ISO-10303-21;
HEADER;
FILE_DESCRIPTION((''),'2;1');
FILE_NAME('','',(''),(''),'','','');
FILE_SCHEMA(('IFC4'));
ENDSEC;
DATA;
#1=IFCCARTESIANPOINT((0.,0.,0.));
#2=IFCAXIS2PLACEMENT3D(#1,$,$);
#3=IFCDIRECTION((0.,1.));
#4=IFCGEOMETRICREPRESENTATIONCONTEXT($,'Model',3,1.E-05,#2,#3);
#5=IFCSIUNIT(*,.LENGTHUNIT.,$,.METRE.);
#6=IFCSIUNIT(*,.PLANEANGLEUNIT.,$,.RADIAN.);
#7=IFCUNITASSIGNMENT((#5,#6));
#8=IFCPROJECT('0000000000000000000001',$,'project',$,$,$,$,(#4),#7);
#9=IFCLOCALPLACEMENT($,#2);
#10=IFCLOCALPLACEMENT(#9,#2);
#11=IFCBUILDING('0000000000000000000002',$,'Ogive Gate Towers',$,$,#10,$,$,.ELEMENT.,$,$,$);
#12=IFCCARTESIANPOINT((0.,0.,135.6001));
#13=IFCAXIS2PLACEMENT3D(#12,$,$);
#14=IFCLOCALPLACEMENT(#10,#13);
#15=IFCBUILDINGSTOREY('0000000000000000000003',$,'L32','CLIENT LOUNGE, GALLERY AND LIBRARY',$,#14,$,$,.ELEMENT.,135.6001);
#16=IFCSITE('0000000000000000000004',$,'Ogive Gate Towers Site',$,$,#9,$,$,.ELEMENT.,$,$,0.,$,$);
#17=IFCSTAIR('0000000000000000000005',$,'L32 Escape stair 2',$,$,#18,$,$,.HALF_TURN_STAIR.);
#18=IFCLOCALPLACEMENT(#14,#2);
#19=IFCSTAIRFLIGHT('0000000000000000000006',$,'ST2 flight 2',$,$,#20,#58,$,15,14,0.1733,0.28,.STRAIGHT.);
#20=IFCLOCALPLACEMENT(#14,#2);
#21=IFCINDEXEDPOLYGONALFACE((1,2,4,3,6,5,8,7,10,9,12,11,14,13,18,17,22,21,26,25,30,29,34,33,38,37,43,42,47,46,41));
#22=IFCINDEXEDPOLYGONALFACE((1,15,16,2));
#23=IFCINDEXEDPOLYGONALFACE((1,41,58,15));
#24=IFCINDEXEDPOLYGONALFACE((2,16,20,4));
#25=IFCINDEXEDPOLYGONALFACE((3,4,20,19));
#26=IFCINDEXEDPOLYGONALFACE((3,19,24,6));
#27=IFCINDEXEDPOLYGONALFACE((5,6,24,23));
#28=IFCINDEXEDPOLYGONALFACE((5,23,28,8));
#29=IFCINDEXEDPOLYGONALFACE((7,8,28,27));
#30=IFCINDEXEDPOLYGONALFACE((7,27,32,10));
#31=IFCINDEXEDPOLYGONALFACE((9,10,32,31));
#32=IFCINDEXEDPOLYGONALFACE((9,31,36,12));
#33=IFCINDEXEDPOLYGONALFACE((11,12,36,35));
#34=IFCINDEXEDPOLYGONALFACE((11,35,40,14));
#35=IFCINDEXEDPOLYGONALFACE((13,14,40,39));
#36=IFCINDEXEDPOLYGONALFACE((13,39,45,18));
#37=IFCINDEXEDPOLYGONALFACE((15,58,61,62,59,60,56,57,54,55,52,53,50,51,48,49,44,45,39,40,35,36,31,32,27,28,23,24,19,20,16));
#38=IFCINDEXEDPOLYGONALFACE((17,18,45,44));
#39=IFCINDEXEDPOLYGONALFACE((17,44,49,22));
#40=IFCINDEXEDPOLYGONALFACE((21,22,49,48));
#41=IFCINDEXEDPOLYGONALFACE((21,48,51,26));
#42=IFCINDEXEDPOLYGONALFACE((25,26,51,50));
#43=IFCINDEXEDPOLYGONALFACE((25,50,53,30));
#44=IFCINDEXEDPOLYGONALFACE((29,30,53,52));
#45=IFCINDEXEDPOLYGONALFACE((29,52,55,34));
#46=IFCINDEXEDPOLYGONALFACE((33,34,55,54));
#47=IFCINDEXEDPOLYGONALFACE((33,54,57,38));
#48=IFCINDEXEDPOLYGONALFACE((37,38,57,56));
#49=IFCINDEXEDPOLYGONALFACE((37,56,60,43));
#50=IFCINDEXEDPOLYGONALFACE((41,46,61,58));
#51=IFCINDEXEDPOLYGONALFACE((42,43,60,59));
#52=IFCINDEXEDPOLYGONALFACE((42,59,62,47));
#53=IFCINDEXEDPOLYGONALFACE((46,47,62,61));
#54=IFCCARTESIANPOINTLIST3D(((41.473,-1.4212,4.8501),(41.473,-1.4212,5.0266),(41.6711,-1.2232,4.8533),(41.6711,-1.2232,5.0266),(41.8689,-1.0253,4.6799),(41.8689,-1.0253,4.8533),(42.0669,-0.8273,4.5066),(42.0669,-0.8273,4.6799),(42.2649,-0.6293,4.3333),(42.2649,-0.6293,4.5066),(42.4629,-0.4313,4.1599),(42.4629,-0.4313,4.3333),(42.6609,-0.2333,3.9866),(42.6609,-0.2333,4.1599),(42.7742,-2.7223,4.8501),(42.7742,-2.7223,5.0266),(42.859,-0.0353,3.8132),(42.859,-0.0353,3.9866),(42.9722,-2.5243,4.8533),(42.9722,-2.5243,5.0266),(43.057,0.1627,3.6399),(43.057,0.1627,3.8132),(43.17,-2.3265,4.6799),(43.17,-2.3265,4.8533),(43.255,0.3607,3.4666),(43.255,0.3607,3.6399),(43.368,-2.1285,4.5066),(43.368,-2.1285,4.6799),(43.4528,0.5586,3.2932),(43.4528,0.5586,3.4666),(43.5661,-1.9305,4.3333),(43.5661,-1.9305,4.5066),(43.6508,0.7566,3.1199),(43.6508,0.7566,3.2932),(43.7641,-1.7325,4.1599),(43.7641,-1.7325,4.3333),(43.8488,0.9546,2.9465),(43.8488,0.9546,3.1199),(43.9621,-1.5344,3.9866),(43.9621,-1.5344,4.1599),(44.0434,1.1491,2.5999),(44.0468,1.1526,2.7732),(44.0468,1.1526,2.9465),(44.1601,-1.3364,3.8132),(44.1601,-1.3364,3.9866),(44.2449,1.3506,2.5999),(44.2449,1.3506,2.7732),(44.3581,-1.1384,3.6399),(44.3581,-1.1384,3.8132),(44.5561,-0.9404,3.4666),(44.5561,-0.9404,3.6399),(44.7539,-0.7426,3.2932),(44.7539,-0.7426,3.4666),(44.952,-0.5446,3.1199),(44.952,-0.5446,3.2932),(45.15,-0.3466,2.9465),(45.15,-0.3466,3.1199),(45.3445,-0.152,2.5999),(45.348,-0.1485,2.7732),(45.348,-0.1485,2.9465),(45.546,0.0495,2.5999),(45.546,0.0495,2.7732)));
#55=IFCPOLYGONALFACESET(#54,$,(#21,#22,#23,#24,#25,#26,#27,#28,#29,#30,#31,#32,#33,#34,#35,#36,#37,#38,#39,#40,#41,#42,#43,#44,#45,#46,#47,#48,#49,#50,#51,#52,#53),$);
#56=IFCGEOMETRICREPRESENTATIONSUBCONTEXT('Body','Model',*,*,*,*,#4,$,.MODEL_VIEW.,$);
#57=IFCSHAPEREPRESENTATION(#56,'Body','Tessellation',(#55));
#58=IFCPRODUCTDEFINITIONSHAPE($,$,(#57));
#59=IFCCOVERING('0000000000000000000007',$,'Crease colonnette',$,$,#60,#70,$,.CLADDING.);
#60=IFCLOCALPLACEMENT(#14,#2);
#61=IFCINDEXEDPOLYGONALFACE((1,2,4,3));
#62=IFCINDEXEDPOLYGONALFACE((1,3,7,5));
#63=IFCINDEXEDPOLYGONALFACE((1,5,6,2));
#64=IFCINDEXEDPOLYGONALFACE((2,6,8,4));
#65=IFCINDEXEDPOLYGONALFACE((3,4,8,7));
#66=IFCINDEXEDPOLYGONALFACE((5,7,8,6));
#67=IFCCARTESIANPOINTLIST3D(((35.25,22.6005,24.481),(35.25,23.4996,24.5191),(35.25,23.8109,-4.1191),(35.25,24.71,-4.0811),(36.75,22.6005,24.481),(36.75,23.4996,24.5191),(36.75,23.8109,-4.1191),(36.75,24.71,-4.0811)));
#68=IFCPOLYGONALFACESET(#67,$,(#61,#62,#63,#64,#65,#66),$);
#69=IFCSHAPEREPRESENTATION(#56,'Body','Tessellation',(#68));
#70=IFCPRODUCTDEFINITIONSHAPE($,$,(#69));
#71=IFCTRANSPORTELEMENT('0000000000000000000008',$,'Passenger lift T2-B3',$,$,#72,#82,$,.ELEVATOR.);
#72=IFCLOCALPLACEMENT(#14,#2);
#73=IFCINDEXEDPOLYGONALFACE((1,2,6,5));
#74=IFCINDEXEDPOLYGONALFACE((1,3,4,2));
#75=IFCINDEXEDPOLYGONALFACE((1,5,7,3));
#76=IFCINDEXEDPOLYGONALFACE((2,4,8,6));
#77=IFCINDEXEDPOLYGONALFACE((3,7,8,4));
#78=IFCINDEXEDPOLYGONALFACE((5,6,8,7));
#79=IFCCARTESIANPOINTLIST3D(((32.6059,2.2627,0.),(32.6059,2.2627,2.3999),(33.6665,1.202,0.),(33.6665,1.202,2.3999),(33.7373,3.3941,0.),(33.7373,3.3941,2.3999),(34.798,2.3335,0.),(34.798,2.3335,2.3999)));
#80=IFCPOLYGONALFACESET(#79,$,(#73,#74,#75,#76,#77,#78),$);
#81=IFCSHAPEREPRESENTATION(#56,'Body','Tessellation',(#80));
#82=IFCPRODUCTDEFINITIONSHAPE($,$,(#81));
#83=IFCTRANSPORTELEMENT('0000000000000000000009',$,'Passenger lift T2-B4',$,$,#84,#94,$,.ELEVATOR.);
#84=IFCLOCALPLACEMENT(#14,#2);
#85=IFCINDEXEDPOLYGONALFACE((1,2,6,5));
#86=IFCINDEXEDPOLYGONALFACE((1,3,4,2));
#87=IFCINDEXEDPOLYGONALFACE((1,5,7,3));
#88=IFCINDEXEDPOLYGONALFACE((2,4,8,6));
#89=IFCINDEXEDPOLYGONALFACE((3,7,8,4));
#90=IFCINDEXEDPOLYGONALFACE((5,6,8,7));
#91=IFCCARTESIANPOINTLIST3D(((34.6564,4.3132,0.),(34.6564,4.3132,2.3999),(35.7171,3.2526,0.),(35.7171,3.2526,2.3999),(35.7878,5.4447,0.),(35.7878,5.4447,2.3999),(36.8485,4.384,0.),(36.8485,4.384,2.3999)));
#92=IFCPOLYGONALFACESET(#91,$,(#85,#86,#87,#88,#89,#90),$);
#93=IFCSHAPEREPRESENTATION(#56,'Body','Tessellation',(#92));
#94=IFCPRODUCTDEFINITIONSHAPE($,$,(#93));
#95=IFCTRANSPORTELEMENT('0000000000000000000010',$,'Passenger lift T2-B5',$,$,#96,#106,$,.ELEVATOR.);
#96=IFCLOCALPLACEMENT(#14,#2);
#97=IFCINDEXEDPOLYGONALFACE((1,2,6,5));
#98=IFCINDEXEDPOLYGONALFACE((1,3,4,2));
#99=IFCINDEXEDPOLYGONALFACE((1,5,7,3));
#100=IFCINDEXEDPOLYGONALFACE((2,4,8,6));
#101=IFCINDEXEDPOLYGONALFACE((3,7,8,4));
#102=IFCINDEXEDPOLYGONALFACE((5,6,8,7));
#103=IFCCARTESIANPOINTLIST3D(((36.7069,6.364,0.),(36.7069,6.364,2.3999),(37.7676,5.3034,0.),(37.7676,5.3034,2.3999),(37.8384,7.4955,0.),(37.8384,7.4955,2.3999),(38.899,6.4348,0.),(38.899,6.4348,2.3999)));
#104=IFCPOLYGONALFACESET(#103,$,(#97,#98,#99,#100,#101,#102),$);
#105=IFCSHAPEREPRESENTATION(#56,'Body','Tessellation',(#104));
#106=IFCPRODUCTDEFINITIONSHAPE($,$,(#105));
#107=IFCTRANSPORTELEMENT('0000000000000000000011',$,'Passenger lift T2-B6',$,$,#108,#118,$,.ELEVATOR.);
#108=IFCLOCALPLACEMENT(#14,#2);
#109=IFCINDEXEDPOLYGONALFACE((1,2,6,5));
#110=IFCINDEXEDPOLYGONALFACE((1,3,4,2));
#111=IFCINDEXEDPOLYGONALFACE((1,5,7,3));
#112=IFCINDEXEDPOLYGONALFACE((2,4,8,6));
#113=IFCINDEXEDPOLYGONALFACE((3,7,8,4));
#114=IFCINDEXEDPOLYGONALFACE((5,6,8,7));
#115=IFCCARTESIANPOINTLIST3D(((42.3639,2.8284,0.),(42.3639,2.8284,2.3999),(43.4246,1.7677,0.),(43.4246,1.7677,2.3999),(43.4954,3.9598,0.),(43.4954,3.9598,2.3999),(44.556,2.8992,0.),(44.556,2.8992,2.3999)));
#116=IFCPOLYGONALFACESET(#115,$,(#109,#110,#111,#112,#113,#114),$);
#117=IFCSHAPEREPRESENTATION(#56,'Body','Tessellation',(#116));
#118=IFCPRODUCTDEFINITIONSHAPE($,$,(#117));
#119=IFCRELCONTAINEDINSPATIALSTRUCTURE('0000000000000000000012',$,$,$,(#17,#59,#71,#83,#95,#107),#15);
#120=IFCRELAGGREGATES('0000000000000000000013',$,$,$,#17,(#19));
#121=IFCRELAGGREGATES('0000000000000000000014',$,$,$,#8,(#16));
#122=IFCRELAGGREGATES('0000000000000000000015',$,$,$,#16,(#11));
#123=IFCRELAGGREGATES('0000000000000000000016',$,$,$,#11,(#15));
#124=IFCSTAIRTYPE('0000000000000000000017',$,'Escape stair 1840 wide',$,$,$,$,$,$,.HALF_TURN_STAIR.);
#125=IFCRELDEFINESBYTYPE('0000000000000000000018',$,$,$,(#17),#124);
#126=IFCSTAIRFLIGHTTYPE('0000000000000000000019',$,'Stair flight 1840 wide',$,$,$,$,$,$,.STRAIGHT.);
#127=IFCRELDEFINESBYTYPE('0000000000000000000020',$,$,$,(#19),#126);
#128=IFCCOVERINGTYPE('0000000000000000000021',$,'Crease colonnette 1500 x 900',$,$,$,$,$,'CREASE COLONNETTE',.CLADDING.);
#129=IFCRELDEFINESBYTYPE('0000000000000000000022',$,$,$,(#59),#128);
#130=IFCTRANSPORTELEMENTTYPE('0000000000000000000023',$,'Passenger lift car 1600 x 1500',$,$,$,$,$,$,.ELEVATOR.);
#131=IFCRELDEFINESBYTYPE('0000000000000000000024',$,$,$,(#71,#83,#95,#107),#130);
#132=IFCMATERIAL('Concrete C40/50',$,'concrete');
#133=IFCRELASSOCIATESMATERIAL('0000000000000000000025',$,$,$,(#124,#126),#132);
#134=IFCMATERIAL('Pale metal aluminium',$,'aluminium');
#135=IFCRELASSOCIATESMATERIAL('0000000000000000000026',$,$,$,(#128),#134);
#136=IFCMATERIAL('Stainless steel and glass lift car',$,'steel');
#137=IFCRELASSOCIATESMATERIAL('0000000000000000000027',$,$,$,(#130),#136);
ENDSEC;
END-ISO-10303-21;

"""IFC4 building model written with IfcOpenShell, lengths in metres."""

from ifc_helpers import new_model, si_unit, direction, frame, origin, origin_2d, place, context, subcontext, project, spatial, polyline, rectangle, outline, extrude, material, material_profile, profile_set, type_object, element, aggregate, save


model = new_model("IFC4")

# Units and contexts
model_context = context("Model", 3, precision=1e-05, world=origin(), true_north=direction((0.0, 1.0)))
body_context = subcontext(model_context, "Body", "Model", "MODEL_VIEW")
ifc_project = project(units=[si_unit("LENGTHUNIT", "METRE"), si_unit("PLANEANGLEUNIT", "RADIAN")], contexts=[model_context])

# Site, building, storey
site_placement = place(None, origin())
site = spatial("IfcSite", under=ifc_project, at=site_placement, Name="Ogive Gate Towers Site", CompositionType="ELEMENT", RefElevation=0.0)
building_placement = place(site_placement, origin())
building = spatial("IfcBuilding", under=site, at=building_placement, Name="Ogive Gate Towers", CompositionType="ELEMENT")
storey_placement = place(building_placement, frame((0.0, 0.0, 135.6001)))
storey = spatial("IfcBuildingStorey", under=building, at=storey_placement, Name="L32", Description="CLIENT LOUNGE, GALLERY AND LIBRARY", CompositionType="ELEMENT", Elevation=135.6001)

# Shared definitions
ifc_material_1 = material(Name="Pale metal aluminium", Category="aluminium")

# Stair, stair flight
ifc_material_2 = material(Name="Concrete C40/50", Category="concrete")
stair_type = type_object("IfcStairType", Name="Escape stair 1840 wide", PredefinedType="HALF_TURN_STAIR", material=ifc_material_2)
stair_placement = place(storey_placement, origin())
stair = element("IfcStair", 1, at=stair_placement, inside=storey, type_object=stair_type, Name="L32 Escape stair 2", PredefinedType="HALF_TURN_STAIR")
stair_flight_type = type_object("IfcStairFlightType", Name="Stair flight 1840 wide", PredefinedType="STRAIGHT", material=ifc_material_2)
stair_flight_placement = place(storey_placement, frame((44.8955, 0.7, 2.5999), z_axis=(0.0, 0.0, 1.0), x_axis=(-0.707107, -0.707107, 0.0)))
stair_flight = element("IfcStairFlight", 2, at=stair_flight_placement, type_object=stair_flight_type, Name="ST2 flight 2", NumberOfRisers=15, NumberOfTreads=14, PredefinedType="STRAIGHT", RiserHeight=0.1733, TreadLength=0.28, context=body_context, shape_type="SweptSolid", body=[
    extrude(outline(polyline([(0.0, 0.0), (0.0, 0.1733), (0.28, 0.1733), (0.28, 0.3467), (0.5601, 0.3467), (0.5601, 0.52), (0.8401, 0.52), (0.8401, 0.6934), (1.1201, 0.6934), (1.1201, 0.8667), (1.3999, 0.8667), (1.3999, 1.04), (1.6799, 1.04), (1.6799, 1.2134), (1.96, 1.2134), (1.96, 1.3867), (2.24, 1.3867), (2.24, 1.5601), (2.52, 1.5601), (2.52, 1.7334), (2.8, 1.7334), (2.8, 1.9067), (3.0801, 1.9067), (3.0801, 2.0801), (3.3601, 2.0801), (3.3601, 2.2534), (3.6399, 2.2534), (3.6399, 2.4268), (3.9199, 2.4268), (3.9199, 2.6001), (3.9199, 2.2502), (0.2849, 0.0), (0.0, 0.0)])), frame((0.0, 0.9199, 0.0), z_axis=(0.0, -1.0, 0.0), x_axis=(1.0, 0.0, 0.0)), (0.0, 0.0, 1.0), 1.8401),
])
aggregate(stair, [stair_flight])

# Covering
ifc_material_profile_1 = material_profile(ifc_material_1, rectangle(XDim=1.5, YDim=0.8999, at=origin_2d()), Name="1500 x 900 pale metal aluminium")
ifc_profile_set_1 = profile_set([ifc_material_profile_1], Name="Pale metal aluminium")
covering_type = type_object("IfcCoveringType", Name="Crease colonnette 1500 x 900", ElementType="CREASE COLONNETTE", PredefinedType="CLADDING", material=ifc_profile_set_1)
covering_placement = place(storey_placement, frame((36.0, 24.2605, -4.1001), z_axis=(0.0, -0.042285, 0.999106), x_axis=(1.0, 0.0, 0.0)))
element("IfcCovering", 3, at=covering_placement, inside=storey, type_object=covering_type, Name="Crease colonnette", PredefinedType="CLADDING", context=body_context, shape_type="SweptSolid", body=[
    extrude(rectangle(XDim=1.5, YDim=0.8999, at=origin_2d()), origin(), (0.0, 0.0, 1.0), 28.6257),
])

# Transport elements
ifc_material_3 = material(Name="Stainless steel and glass lift car", Category="steel")
transport_element_type = type_object("IfcTransportElementType", Name="Passenger lift car 1600 x 1500", PredefinedType="ELEVATOR", material=ifc_material_3)
for number, where, z_axis, x_axis, name in (
    (4, (33.7019, 2.2981, 0.0), (0.0, 0.0, 1.0), (0.707107, 0.707107, 0.0), "Passenger lift T2-B3"),
    (5, (35.7524, 4.3486, 0.0), (0.0, 0.0, 1.0), (0.707107, 0.707107, 0.0), "Passenger lift T2-B4"),
    (6, (37.803, 6.3994, 0.0), (0.0, 0.0, 1.0), (0.707107, 0.707107, 0.0), "Passenger lift T2-B5"),
    (7, (43.46, 2.8638, 0.0), (0.0, 0.0, 1.0), (0.707107, 0.707107, 0.0), "Passenger lift T2-B6"),
):
    element("IfcTransportElement", number, at=place(storey_placement, frame(where, z_axis=z_axis, x_axis=x_axis)), inside=storey, type_object=transport_element_type, Name=name, PredefinedType="ELEVATOR", context=body_context, shape_type="SweptSolid", body=[
        extrude(rectangle(XDim=1.6001, YDim=1.5, at=origin_2d()), origin(), (0.0, 0.0, 1.0), 2.3999),
    ])

save(model, "model.ifc")
